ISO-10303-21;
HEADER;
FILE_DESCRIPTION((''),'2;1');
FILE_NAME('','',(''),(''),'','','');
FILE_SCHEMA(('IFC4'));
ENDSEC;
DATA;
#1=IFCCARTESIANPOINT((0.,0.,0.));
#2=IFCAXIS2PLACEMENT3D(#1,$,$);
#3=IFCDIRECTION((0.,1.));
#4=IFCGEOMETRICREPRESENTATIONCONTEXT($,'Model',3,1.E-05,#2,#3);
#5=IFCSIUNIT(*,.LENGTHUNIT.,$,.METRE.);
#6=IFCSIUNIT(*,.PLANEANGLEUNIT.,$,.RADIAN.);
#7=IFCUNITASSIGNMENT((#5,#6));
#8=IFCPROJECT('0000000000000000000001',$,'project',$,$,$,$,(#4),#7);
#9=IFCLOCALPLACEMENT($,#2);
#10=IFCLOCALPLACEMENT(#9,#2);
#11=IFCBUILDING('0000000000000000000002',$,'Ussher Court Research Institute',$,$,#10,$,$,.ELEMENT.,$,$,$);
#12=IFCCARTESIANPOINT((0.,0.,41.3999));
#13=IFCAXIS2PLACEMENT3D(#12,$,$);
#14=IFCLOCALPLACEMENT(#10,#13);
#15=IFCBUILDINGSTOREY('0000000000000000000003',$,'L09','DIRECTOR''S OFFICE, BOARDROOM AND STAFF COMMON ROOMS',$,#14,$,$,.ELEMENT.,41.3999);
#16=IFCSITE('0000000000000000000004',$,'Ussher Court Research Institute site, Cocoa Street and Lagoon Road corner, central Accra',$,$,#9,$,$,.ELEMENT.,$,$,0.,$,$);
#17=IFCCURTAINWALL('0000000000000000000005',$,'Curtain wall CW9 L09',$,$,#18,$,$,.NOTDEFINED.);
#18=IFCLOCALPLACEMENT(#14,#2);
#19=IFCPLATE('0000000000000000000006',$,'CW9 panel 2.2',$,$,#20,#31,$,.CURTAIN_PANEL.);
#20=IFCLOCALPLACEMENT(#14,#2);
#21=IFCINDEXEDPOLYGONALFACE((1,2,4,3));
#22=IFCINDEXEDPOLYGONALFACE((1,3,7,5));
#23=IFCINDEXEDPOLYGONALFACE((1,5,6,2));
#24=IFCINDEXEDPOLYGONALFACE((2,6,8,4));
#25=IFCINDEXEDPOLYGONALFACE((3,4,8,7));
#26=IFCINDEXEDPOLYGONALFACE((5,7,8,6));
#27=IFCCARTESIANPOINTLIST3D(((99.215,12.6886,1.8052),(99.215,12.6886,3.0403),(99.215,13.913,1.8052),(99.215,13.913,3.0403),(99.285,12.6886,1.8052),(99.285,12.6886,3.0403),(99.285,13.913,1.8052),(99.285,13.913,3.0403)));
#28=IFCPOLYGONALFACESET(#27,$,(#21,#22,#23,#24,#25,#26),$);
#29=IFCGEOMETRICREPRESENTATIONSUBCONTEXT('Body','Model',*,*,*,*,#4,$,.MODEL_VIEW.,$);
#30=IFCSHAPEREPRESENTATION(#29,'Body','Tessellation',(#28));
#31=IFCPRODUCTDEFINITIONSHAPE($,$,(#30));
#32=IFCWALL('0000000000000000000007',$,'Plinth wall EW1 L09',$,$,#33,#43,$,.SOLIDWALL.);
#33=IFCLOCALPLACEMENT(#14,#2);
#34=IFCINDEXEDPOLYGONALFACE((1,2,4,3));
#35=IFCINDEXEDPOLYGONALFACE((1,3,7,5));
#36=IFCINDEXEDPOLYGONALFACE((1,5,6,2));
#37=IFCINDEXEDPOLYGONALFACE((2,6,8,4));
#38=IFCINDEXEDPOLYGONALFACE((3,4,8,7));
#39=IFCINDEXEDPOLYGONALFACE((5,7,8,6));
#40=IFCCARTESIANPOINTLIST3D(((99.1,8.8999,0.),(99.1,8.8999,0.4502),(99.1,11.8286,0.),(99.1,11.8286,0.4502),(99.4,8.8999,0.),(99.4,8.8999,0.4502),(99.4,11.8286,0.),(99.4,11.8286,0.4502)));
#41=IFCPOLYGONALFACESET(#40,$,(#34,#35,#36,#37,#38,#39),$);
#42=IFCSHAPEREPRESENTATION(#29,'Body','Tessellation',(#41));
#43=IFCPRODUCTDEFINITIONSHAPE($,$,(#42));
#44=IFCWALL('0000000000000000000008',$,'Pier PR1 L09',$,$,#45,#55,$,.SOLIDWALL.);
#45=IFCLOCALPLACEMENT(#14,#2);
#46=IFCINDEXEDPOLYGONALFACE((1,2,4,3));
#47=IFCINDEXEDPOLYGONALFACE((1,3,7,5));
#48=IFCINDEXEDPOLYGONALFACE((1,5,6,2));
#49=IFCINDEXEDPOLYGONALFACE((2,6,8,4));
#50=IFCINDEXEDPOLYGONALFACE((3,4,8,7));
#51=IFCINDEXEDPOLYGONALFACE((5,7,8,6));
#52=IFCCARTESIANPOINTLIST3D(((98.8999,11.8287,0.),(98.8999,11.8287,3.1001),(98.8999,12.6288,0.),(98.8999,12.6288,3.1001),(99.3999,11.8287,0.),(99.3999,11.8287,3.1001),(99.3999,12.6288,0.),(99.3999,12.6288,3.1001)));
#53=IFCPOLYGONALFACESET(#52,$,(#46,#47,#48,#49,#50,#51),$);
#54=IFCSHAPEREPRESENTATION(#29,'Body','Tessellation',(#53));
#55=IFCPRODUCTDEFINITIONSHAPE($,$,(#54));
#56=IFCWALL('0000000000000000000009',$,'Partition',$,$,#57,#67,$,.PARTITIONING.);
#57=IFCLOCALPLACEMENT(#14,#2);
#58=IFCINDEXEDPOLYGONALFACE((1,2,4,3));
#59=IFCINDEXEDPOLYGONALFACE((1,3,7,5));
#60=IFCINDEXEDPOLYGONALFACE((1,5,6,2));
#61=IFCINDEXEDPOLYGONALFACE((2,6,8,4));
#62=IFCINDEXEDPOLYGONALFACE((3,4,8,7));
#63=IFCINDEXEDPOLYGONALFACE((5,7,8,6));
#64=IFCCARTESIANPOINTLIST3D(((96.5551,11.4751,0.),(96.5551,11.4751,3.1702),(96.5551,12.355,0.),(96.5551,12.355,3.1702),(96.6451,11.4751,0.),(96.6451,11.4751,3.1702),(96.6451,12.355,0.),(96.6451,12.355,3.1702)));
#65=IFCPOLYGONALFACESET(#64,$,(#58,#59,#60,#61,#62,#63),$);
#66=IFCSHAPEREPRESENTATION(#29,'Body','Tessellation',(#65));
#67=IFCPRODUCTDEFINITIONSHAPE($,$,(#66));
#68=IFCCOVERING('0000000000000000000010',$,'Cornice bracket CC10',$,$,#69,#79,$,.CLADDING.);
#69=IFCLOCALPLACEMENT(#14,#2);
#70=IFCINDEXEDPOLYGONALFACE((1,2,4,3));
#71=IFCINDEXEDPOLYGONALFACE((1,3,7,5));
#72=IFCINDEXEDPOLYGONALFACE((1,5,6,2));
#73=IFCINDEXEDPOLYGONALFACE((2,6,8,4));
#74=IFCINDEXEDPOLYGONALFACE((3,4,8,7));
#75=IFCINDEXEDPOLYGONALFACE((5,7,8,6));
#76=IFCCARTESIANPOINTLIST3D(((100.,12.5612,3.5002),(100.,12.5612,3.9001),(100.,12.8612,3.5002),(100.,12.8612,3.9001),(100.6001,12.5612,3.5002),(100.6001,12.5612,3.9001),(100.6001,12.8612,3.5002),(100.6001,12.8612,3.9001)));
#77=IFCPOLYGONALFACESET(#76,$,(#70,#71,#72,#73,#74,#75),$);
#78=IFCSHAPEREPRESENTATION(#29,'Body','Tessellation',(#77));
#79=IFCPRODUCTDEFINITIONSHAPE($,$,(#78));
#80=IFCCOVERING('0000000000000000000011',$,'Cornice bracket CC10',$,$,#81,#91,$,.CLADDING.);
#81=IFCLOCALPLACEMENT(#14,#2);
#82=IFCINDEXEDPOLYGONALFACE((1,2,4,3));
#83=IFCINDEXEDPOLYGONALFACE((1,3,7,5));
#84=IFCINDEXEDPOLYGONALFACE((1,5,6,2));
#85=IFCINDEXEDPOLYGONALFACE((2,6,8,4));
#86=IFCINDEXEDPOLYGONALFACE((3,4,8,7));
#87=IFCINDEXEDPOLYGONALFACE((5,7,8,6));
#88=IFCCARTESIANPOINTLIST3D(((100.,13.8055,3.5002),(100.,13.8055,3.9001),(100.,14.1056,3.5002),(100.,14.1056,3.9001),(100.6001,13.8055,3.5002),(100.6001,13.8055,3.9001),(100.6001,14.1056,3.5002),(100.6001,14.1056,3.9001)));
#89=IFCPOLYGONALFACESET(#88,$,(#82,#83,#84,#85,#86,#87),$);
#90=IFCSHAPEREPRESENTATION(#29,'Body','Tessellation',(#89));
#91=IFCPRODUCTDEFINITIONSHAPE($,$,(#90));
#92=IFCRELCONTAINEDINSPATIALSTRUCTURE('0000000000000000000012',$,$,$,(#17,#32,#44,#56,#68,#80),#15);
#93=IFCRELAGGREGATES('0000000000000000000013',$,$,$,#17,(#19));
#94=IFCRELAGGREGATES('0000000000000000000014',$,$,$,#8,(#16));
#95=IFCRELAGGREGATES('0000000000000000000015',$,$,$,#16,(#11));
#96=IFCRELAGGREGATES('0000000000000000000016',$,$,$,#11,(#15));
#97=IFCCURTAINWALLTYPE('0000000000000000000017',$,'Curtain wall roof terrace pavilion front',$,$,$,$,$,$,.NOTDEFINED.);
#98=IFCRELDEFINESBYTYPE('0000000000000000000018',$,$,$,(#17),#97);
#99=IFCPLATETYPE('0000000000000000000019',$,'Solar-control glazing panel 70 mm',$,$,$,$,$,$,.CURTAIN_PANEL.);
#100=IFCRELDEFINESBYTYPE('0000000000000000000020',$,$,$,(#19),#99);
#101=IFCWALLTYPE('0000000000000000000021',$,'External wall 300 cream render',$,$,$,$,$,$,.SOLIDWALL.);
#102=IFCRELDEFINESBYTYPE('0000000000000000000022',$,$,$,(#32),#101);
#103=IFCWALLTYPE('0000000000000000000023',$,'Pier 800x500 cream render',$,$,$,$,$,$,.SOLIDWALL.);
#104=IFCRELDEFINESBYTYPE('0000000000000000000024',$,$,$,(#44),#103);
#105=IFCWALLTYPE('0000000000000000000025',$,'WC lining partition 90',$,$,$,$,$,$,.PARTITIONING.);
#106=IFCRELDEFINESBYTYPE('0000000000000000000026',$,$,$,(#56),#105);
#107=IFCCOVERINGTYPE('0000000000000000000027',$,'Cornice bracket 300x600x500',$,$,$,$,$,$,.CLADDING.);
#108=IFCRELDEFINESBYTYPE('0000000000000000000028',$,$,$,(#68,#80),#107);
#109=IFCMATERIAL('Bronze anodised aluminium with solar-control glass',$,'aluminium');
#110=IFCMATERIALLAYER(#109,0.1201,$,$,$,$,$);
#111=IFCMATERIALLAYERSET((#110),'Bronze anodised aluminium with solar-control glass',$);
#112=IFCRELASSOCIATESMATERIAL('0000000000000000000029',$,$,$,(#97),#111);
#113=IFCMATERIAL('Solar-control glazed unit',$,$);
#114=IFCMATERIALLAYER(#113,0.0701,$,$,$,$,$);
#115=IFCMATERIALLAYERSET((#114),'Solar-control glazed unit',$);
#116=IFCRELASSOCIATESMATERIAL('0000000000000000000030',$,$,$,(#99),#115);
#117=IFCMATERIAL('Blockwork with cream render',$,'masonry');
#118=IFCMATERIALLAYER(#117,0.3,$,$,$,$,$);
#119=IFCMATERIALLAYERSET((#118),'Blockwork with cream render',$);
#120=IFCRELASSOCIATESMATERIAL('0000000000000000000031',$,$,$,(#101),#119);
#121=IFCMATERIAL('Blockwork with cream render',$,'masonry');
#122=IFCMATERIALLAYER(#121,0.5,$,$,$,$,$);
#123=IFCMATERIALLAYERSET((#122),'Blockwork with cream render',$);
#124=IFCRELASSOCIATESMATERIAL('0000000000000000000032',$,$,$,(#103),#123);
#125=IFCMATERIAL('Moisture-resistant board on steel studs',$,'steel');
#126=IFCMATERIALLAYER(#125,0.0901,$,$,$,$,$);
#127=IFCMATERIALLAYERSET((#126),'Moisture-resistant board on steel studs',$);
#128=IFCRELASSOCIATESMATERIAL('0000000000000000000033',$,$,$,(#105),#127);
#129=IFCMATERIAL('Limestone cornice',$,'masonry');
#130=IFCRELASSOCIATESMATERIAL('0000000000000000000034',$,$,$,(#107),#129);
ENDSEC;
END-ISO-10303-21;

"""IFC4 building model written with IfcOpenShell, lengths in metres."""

from ifc_helpers import new_model, si_unit, direction, frame, frame_2d, origin, origin_2d, place, context, subcontext, project, spatial, rectangle, extrude, material, layer, layer_set, type_object, element, aggregate, save


model = new_model("IFC4")

# Units and contexts
model_context = context("Model", 3, precision=1e-05, world=origin(), true_north=direction((0.0, 1.0)))
body_context = subcontext(model_context, "Body", "Model", "MODEL_VIEW")
ifc_project = project(units=[si_unit("LENGTHUNIT", "METRE"), si_unit("PLANEANGLEUNIT", "RADIAN")], contexts=[model_context])

# Site, building, storey
site_placement = place(None, origin())
site = spatial("IfcSite", under=ifc_project, at=site_placement, Name="Ussher Court Research Institute site, Cocoa Street and Lagoon Road corner, central Accra", CompositionType="ELEMENT", RefElevation=0.0)
building_placement = place(site_placement, origin())
building = spatial("IfcBuilding", under=site, at=building_placement, Name="Ussher Court Research Institute", CompositionType="ELEMENT")
storey_placement = place(building_placement, frame((0.0, 0.0, 41.3999)))
storey = spatial("IfcBuildingStorey", under=building, at=storey_placement, Name="L09", Description="DIRECTOR'S OFFICE, BOARDROOM AND STAFF COMMON ROOMS", CompositionType="ELEMENT", Elevation=41.3999)

# Curtain wall
ifc_material_1 = material(Name="Bronze anodised aluminium with solar-control glass", Category="aluminium")
ifc_layer_1 = layer(ifc_material_1, 0.1201)
ifc_layer_set_1 = layer_set([ifc_layer_1], Name="Bronze anodised aluminium with solar-control glass")
curtain_wall_type = type_object("IfcCurtainWallType", Name="Curtain wall roof terrace pavilion front", PredefinedType="NOTDEFINED", material=ifc_layer_set_1)
curtain_wall_1_placement = place(storey_placement, origin())
curtain_wall_1 = element("IfcCurtainWall", 1, at=curtain_wall_1_placement, inside=storey, type_object=curtain_wall_type, Name="Curtain wall CW9 L09", PredefinedType="NOTDEFINED")

# Plate
ifc_material_2 = material(Name="Solar-control glazed unit")
ifc_layer_2 = layer(ifc_material_2, 0.0701)
ifc_layer_set_2 = layer_set([ifc_layer_2], Name="Solar-control glazed unit")
plate_type = type_object("IfcPlateType", Name="Solar-control glazing panel 70 mm", PredefinedType="CURTAIN_PANEL", material=ifc_layer_set_2)
plate_1_placement = place(storey_placement, frame((99.25, 13.3008, 1.8052), z_axis=(0.0, 0.0, 1.0), x_axis=(0.0, -1.0, 0.0)))
plate_1 = element("IfcPlate", 2, at=plate_1_placement, type_object=plate_type, Name="CW9 panel 2.2", PredefinedType="CURTAIN_PANEL", context=body_context, shape_type="SweptSolid", body=[
    extrude(rectangle(XDim=1.2244, YDim=0.0701, at=origin_2d()), origin(), (0.0, 0.0, 1.0), 1.2351),
])
aggregate(curtain_wall_1, [plate_1])

# Walls
ifc_material_3 = material(Name="Blockwork with cream render", Category="masonry")
ifc_layer_3 = layer(ifc_material_3, 0.3)
ifc_layer_set_3 = layer_set([ifc_layer_3], Name="Blockwork with cream render")
wall_type_1 = type_object("IfcWallType", Name="External wall 300 cream render", PredefinedType="SOLIDWALL", material=ifc_layer_set_3)
wall_1_placement = place(storey_placement, frame((99.25, 11.8286, 0.0), z_axis=(0.0, 0.0, 1.0), x_axis=(0.0, -1.0, 0.0)))
element("IfcWall", 3, at=wall_1_placement, inside=storey, type_object=wall_type_1, Name="Plinth wall EW1 L09", PredefinedType="SOLIDWALL", context=body_context, shape_type="SweptSolid", body=[
    extrude(rectangle(XDim=2.9287, YDim=0.3, at=frame_2d((1.4644, 0.0))), origin(), (0.0, 0.0, 1.0), 0.4502),
])
ifc_material_4 = material(Name="Blockwork with cream render", Category="masonry")
ifc_layer_4 = layer(ifc_material_4, 0.5)
ifc_layer_set_4 = layer_set([ifc_layer_4], Name="Blockwork with cream render")
wall_type_2 = type_object("IfcWallType", Name="Pier 800x500 cream render", PredefinedType="SOLIDWALL", material=ifc_layer_set_4)
wall_2_placement = place(storey_placement, frame((99.1499, 12.6287, 0.0), z_axis=(0.0, 0.0, 1.0), x_axis=(0.0, -1.0, 0.0)))
element("IfcWall", 4, at=wall_2_placement, inside=storey, type_object=wall_type_2, Name="Pier PR1 L09", PredefinedType="SOLIDWALL", context=body_context, shape_type="SweptSolid", body=[
    extrude(rectangle(XDim=0.8, YDim=0.5, at=frame_2d((0.3999, 0.0))), origin(), (0.0, 0.0, 1.0), 3.1001),
])
ifc_material_5 = material(Name="Moisture-resistant board on steel studs", Category="steel")
ifc_layer_5 = layer(ifc_material_5, 0.0901)
ifc_layer_set_5 = layer_set([ifc_layer_5], Name="Moisture-resistant board on steel studs")
wall_type_3 = type_object("IfcWallType", Name="WC lining partition 90", PredefinedType="PARTITIONING", material=ifc_layer_set_5)
wall_3_placement = place(storey_placement, frame((96.6001, 11.4751, 0.0), z_axis=(0.0, 0.0, 1.0), x_axis=(0.0, 1.0, 0.0)))
element("IfcWall", 5, at=wall_3_placement, inside=storey, type_object=wall_type_3, Name="Partition", PredefinedType="PARTITIONING", context=body_context, shape_type="SweptSolid", body=[
    extrude(rectangle(XDim=0.8799, YDim=0.0901, at=frame_2d((0.4399, 0.0))), origin(), (0.0, 0.0, 1.0), 3.1702),
])

# Coverings
ifc_material_6 = material(Name="Limestone cornice", Category="masonry")
covering_type = type_object("IfcCoveringType", Name="Cornice bracket 300x600x500", PredefinedType="CLADDING", material=ifc_material_6)
for number, where, z_axis, x_axis, name in (
    (6, (100.3, 12.7112, 3.5002), (0.0, 0.0, 1.0), (0.0, 1.0, 0.0), "Cornice bracket CC10"),
    (7, (100.3, 13.9556, 3.5002), (0.0, 0.0, 1.0), (0.0, 1.0, 0.0), "Cornice bracket CC10"),
):
    element("IfcCovering", number, at=place(storey_placement, frame(where, z_axis=z_axis, x_axis=x_axis)), inside=storey, type_object=covering_type, Name=name, PredefinedType="CLADDING", context=body_context, shape_type="SweptSolid", body=[
        extrude(rectangle(XDim=0.3, YDim=0.6001, at=origin_2d()), origin(), (0.0, 0.0, 1.0), 0.3999),
    ])

save(model, "model.ifc")
